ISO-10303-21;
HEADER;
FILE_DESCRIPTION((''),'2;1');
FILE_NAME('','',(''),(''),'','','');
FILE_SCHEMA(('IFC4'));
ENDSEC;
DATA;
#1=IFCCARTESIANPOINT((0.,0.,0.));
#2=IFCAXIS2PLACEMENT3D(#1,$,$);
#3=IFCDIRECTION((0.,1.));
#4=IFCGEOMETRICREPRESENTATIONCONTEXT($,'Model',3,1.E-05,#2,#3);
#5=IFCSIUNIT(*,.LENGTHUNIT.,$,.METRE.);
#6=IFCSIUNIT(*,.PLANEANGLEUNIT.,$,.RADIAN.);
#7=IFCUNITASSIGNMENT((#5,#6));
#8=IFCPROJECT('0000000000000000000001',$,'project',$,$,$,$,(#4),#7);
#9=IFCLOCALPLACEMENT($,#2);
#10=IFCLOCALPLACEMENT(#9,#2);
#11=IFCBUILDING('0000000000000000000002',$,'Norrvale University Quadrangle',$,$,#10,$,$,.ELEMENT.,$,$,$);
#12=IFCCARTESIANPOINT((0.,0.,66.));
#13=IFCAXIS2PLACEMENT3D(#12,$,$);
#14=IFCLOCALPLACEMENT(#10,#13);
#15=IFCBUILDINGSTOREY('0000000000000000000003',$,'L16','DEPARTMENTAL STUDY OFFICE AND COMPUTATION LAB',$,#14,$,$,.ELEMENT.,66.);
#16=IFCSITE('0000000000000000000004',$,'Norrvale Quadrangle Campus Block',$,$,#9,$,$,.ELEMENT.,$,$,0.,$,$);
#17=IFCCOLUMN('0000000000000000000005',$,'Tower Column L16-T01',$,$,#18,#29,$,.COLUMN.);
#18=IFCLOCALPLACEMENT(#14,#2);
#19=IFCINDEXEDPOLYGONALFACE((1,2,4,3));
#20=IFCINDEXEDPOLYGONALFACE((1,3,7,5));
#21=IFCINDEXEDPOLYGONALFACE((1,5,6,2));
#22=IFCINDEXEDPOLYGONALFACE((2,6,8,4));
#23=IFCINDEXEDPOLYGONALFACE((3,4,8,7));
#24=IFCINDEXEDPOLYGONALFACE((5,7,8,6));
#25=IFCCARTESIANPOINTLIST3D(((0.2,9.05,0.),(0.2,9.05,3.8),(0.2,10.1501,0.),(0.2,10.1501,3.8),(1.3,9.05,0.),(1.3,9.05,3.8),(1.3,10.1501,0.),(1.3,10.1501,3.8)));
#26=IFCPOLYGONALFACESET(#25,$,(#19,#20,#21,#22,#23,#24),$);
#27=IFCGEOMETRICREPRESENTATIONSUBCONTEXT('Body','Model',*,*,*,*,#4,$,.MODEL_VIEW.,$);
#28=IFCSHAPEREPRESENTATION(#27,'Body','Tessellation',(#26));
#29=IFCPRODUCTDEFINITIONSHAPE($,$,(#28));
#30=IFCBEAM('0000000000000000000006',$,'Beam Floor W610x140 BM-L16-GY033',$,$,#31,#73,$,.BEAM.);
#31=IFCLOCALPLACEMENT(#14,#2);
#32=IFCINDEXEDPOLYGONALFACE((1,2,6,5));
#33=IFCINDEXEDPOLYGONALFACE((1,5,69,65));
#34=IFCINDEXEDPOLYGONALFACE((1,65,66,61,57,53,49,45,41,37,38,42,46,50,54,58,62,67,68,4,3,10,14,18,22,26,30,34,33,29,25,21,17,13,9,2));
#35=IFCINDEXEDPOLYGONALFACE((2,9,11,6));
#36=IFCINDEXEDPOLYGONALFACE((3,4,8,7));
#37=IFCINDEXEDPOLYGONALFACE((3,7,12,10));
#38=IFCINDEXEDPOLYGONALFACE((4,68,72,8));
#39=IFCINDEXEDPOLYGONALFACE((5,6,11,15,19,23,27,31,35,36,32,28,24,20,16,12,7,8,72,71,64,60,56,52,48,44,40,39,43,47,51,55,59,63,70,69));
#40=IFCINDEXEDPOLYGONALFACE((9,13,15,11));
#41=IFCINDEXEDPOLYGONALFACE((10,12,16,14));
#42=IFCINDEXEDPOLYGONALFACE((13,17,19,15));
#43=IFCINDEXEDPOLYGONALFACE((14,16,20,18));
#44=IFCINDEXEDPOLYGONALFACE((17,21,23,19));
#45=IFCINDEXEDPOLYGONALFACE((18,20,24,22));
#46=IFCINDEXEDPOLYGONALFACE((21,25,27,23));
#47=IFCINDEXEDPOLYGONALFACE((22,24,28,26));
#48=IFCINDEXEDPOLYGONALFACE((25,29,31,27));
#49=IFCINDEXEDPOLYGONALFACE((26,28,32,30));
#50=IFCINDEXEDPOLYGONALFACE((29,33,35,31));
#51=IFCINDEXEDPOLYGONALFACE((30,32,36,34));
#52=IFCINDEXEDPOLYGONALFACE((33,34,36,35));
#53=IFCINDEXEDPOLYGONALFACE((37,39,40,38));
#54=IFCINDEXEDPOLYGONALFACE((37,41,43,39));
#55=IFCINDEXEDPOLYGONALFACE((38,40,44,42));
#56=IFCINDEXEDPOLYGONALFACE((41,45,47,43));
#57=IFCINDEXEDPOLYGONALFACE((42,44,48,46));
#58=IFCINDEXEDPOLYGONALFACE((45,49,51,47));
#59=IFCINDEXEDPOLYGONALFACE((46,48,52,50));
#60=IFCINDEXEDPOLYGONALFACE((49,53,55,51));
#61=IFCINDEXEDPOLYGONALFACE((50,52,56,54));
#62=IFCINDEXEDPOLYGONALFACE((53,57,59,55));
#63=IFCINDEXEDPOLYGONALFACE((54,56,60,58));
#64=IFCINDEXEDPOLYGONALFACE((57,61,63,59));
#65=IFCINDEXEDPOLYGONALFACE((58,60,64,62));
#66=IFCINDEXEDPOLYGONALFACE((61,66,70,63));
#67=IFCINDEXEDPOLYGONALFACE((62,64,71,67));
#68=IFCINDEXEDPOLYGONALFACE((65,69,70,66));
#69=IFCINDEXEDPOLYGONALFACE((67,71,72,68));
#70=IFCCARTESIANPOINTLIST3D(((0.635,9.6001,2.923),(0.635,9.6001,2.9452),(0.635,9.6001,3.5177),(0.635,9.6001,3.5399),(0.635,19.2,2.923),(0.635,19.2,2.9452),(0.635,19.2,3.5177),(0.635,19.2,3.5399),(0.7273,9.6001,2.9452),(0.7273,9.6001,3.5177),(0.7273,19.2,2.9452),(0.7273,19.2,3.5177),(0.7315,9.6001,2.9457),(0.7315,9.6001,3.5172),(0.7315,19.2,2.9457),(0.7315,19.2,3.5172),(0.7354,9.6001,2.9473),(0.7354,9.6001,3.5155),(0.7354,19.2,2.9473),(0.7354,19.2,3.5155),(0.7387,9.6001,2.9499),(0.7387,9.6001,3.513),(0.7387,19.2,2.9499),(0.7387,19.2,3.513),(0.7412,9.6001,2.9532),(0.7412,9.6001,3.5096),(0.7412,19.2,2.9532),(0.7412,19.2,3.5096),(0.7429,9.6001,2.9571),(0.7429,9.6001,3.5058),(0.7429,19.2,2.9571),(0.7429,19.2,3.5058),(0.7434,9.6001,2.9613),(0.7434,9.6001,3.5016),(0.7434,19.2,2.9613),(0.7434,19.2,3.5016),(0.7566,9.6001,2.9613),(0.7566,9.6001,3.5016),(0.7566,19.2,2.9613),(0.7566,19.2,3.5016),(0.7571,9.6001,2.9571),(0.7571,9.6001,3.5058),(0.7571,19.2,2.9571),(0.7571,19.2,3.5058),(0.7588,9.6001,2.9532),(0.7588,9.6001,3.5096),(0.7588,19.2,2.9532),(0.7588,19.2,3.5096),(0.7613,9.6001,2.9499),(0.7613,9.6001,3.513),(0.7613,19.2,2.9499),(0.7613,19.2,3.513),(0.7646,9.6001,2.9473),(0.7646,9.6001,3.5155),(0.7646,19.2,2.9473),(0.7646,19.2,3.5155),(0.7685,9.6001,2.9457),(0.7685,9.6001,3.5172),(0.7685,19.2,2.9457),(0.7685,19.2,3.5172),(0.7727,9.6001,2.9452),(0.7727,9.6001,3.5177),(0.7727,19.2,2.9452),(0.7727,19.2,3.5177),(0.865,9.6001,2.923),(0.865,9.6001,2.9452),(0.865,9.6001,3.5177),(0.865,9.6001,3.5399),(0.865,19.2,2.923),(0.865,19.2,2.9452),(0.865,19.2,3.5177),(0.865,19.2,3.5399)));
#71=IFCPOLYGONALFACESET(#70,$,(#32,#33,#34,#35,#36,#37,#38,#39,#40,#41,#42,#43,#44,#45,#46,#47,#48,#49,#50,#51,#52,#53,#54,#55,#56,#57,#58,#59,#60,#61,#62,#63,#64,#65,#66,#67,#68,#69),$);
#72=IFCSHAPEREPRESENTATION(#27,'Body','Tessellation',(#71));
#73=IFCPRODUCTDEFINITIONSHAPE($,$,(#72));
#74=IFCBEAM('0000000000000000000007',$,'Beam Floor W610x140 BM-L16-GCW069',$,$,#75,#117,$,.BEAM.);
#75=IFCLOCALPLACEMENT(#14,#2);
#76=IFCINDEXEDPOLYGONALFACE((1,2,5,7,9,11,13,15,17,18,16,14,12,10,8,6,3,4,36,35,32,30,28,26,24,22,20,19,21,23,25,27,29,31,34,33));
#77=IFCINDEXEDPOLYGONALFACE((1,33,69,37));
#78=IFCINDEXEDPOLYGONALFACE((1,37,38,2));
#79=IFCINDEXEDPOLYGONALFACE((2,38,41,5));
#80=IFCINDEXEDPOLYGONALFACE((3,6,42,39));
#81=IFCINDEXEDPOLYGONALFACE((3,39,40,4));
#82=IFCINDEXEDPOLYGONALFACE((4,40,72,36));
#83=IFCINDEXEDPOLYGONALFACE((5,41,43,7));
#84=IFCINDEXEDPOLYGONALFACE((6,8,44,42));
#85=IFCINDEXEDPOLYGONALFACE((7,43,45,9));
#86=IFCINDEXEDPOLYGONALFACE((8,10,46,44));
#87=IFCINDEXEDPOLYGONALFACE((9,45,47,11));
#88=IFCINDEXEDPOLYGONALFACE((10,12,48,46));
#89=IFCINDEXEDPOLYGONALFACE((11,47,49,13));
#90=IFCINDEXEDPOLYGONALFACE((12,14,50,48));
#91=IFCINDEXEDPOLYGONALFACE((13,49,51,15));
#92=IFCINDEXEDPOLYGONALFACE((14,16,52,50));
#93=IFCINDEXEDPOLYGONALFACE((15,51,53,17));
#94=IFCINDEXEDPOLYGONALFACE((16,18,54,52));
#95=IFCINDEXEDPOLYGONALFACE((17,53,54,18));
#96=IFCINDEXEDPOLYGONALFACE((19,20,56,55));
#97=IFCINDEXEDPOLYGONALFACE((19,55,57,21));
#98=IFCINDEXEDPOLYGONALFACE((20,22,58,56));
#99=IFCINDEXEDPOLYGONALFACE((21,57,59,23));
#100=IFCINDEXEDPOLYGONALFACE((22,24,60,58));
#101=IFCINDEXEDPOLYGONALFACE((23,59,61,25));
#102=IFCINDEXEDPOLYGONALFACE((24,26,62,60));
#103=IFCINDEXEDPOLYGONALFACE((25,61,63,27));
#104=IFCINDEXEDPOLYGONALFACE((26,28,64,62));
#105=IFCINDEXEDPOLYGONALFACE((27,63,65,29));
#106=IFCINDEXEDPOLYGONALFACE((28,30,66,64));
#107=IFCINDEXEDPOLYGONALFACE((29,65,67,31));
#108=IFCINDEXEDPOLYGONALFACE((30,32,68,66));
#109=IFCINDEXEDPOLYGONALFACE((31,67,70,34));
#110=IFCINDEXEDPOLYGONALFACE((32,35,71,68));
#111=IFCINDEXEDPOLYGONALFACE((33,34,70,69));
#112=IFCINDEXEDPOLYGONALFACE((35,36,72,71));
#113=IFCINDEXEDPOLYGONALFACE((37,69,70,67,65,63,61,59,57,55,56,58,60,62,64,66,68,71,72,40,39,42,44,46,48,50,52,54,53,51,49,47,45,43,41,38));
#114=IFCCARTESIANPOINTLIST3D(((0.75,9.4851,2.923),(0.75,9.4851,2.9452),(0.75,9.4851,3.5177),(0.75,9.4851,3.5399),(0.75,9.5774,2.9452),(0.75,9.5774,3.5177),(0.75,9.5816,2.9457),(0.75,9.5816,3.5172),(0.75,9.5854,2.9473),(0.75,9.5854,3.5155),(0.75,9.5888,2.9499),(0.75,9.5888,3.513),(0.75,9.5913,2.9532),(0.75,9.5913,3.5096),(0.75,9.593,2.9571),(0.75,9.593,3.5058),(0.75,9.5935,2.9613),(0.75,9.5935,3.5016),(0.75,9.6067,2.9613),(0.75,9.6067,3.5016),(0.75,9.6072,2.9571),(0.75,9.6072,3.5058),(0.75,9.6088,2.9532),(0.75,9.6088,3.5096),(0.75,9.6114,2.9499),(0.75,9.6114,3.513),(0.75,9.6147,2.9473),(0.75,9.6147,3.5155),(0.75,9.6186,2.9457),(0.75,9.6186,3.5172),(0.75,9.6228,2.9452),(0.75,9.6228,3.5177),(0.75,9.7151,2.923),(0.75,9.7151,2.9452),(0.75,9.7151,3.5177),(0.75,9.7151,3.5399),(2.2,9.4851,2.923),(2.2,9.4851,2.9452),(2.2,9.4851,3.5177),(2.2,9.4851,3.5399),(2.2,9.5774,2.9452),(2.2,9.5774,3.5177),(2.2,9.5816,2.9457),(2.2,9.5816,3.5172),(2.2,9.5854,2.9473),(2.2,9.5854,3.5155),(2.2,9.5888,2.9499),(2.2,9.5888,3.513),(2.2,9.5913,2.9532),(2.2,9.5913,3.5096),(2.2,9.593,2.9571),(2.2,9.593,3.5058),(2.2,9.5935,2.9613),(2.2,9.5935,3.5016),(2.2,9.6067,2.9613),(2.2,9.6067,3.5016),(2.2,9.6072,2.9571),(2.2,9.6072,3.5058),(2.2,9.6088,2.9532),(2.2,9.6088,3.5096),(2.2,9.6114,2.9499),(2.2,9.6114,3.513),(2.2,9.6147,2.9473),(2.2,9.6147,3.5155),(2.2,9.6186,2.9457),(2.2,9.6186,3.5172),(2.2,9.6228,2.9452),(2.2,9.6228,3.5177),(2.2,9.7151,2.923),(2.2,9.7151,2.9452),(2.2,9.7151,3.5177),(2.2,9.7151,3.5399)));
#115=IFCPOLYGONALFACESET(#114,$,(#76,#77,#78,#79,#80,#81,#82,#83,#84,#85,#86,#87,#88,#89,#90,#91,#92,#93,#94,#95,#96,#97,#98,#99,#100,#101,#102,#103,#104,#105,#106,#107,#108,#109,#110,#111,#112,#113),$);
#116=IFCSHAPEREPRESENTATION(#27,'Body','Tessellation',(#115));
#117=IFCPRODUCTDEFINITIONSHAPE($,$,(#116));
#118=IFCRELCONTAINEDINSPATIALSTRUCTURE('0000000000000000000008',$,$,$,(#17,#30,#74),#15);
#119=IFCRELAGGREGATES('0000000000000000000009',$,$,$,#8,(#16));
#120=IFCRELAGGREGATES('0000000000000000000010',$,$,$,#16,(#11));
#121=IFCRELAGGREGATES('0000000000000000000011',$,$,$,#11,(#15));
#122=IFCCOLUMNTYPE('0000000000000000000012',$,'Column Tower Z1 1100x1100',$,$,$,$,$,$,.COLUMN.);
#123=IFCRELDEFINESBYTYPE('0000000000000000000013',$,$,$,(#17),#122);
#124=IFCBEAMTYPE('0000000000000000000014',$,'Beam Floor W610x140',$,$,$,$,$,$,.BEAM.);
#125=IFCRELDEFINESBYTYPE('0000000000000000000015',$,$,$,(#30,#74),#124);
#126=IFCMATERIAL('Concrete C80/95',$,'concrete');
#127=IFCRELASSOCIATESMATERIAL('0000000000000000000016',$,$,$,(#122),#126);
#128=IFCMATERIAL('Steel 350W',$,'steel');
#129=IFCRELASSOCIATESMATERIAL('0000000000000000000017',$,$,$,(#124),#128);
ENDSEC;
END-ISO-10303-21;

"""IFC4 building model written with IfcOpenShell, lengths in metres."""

from ifc_helpers import new_model, si_unit, direction, frame, origin, origin_2d, place, context, subcontext, project, spatial, rectangle, i_section, extrude, material, material_profile, profile_set, type_object, element, save


model = new_model("IFC4")

# Units and contexts
model_context = context("Model", 3, precision=1e-05, world=origin(), true_north=direction((0.0, 1.0)))
body_context = subcontext(model_context, "Body", "Model", "MODEL_VIEW")
ifc_project = project(units=[si_unit("LENGTHUNIT", "METRE"), si_unit("PLANEANGLEUNIT", "RADIAN")], contexts=[model_context])

# Site, building, storey
site_placement = place(None, origin())
site = spatial("IfcSite", under=ifc_project, at=site_placement, Name="Norrvale Quadrangle Campus Block", CompositionType="ELEMENT", RefElevation=0.0)
building_placement = place(site_placement, origin())
building = spatial("IfcBuilding", under=site, at=building_placement, Name="Norrvale University Quadrangle", CompositionType="ELEMENT")
storey_placement = place(building_placement, frame((0.0, 0.0, 66.0)))
storey = spatial("IfcBuildingStorey", under=building, at=storey_placement, Name="L16", Description="DEPARTMENTAL STUDY OFFICE AND COMPUTATION LAB", CompositionType="ELEMENT", Elevation=66.0)

# Column
ifc_material_1 = material(Name="Concrete C80/95", Category="concrete")
ifc_material_profile_1 = material_profile(ifc_material_1, rectangle(XDim=1.1001, YDim=1.1001, at=origin_2d()), Name="Concrete C80/95")
ifc_profile_set_1 = profile_set([ifc_material_profile_1], Name="Concrete C80/95")
column_type = type_object("IfcColumnType", Name="Column Tower Z1 1100x1100", PredefinedType="COLUMN", material=ifc_profile_set_1)
column_placement = place(storey_placement, frame((0.75, 9.6001, 0.0), z_axis=(0.0, 0.0, 1.0), x_axis=(1.0, 0.0, 0.0)))
element("IfcColumn", 1, at=column_placement, inside=storey, type_object=column_type, Name="Tower Column L16-T01", PredefinedType="COLUMN", context=body_context, shape_type="SweptSolid", body=[
    extrude(rectangle(XDim=1.1001, YDim=1.1001, at=origin_2d()), origin(), (0.0, 0.0, 1.0), 3.8),
])

# Beams
ifc_material_2 = material(Name="Steel 350W", Category="steel")
ifc_material_profile_2 = material_profile(ifc_material_2, i_section(OverallWidth=0.23, OverallDepth=0.6169, WebThickness=0.0132, FlangeThickness=0.0222, FilletRadius=0.0161, at=origin_2d()), Name="Steel 350W")
ifc_profile_set_2 = profile_set([ifc_material_profile_2], Name="Steel 350W")
beam_type = type_object("IfcBeamType", Name="Beam Floor W610x140", PredefinedType="BEAM", material=ifc_profile_set_2)
beam_1_placement = place(storey_placement, frame((0.75, 9.6001, 3.2314), z_axis=(0.0, 1.0, 0.0), x_axis=(-1.0, 0.0, 0.0)))
element("IfcBeam", 2, at=beam_1_placement, inside=storey, type_object=beam_type, Name="Beam Floor W610x140 BM-L16-GY033", PredefinedType="BEAM", context=body_context, shape_type="SweptSolid", body=[
    extrude(i_section(OverallWidth=0.23, OverallDepth=0.6169, WebThickness=0.0132, FlangeThickness=0.0222, FilletRadius=0.0161, at=origin_2d()), origin(), (0.0, 0.0, 1.0), 9.5999),
])
beam_2_placement = place(storey_placement, frame((0.75, 9.6001, 3.2314), z_axis=(1.0, 0.0, 0.0), x_axis=(0.0, 1.0, 0.0)))
element("IfcBeam", 3, at=beam_2_placement, inside=storey, type_object=beam_type, Name="Beam Floor W610x140 BM-L16-GCW069", PredefinedType="BEAM", context=body_context, shape_type="SweptSolid", body=[
    extrude(i_section(OverallWidth=0.23, OverallDepth=0.6169, WebThickness=0.0132, FlangeThickness=0.0222, FilletRadius=0.0161, at=origin_2d()), origin(), (0.0, 0.0, 1.0), 1.45),
])

save(model, "model.ifc")
